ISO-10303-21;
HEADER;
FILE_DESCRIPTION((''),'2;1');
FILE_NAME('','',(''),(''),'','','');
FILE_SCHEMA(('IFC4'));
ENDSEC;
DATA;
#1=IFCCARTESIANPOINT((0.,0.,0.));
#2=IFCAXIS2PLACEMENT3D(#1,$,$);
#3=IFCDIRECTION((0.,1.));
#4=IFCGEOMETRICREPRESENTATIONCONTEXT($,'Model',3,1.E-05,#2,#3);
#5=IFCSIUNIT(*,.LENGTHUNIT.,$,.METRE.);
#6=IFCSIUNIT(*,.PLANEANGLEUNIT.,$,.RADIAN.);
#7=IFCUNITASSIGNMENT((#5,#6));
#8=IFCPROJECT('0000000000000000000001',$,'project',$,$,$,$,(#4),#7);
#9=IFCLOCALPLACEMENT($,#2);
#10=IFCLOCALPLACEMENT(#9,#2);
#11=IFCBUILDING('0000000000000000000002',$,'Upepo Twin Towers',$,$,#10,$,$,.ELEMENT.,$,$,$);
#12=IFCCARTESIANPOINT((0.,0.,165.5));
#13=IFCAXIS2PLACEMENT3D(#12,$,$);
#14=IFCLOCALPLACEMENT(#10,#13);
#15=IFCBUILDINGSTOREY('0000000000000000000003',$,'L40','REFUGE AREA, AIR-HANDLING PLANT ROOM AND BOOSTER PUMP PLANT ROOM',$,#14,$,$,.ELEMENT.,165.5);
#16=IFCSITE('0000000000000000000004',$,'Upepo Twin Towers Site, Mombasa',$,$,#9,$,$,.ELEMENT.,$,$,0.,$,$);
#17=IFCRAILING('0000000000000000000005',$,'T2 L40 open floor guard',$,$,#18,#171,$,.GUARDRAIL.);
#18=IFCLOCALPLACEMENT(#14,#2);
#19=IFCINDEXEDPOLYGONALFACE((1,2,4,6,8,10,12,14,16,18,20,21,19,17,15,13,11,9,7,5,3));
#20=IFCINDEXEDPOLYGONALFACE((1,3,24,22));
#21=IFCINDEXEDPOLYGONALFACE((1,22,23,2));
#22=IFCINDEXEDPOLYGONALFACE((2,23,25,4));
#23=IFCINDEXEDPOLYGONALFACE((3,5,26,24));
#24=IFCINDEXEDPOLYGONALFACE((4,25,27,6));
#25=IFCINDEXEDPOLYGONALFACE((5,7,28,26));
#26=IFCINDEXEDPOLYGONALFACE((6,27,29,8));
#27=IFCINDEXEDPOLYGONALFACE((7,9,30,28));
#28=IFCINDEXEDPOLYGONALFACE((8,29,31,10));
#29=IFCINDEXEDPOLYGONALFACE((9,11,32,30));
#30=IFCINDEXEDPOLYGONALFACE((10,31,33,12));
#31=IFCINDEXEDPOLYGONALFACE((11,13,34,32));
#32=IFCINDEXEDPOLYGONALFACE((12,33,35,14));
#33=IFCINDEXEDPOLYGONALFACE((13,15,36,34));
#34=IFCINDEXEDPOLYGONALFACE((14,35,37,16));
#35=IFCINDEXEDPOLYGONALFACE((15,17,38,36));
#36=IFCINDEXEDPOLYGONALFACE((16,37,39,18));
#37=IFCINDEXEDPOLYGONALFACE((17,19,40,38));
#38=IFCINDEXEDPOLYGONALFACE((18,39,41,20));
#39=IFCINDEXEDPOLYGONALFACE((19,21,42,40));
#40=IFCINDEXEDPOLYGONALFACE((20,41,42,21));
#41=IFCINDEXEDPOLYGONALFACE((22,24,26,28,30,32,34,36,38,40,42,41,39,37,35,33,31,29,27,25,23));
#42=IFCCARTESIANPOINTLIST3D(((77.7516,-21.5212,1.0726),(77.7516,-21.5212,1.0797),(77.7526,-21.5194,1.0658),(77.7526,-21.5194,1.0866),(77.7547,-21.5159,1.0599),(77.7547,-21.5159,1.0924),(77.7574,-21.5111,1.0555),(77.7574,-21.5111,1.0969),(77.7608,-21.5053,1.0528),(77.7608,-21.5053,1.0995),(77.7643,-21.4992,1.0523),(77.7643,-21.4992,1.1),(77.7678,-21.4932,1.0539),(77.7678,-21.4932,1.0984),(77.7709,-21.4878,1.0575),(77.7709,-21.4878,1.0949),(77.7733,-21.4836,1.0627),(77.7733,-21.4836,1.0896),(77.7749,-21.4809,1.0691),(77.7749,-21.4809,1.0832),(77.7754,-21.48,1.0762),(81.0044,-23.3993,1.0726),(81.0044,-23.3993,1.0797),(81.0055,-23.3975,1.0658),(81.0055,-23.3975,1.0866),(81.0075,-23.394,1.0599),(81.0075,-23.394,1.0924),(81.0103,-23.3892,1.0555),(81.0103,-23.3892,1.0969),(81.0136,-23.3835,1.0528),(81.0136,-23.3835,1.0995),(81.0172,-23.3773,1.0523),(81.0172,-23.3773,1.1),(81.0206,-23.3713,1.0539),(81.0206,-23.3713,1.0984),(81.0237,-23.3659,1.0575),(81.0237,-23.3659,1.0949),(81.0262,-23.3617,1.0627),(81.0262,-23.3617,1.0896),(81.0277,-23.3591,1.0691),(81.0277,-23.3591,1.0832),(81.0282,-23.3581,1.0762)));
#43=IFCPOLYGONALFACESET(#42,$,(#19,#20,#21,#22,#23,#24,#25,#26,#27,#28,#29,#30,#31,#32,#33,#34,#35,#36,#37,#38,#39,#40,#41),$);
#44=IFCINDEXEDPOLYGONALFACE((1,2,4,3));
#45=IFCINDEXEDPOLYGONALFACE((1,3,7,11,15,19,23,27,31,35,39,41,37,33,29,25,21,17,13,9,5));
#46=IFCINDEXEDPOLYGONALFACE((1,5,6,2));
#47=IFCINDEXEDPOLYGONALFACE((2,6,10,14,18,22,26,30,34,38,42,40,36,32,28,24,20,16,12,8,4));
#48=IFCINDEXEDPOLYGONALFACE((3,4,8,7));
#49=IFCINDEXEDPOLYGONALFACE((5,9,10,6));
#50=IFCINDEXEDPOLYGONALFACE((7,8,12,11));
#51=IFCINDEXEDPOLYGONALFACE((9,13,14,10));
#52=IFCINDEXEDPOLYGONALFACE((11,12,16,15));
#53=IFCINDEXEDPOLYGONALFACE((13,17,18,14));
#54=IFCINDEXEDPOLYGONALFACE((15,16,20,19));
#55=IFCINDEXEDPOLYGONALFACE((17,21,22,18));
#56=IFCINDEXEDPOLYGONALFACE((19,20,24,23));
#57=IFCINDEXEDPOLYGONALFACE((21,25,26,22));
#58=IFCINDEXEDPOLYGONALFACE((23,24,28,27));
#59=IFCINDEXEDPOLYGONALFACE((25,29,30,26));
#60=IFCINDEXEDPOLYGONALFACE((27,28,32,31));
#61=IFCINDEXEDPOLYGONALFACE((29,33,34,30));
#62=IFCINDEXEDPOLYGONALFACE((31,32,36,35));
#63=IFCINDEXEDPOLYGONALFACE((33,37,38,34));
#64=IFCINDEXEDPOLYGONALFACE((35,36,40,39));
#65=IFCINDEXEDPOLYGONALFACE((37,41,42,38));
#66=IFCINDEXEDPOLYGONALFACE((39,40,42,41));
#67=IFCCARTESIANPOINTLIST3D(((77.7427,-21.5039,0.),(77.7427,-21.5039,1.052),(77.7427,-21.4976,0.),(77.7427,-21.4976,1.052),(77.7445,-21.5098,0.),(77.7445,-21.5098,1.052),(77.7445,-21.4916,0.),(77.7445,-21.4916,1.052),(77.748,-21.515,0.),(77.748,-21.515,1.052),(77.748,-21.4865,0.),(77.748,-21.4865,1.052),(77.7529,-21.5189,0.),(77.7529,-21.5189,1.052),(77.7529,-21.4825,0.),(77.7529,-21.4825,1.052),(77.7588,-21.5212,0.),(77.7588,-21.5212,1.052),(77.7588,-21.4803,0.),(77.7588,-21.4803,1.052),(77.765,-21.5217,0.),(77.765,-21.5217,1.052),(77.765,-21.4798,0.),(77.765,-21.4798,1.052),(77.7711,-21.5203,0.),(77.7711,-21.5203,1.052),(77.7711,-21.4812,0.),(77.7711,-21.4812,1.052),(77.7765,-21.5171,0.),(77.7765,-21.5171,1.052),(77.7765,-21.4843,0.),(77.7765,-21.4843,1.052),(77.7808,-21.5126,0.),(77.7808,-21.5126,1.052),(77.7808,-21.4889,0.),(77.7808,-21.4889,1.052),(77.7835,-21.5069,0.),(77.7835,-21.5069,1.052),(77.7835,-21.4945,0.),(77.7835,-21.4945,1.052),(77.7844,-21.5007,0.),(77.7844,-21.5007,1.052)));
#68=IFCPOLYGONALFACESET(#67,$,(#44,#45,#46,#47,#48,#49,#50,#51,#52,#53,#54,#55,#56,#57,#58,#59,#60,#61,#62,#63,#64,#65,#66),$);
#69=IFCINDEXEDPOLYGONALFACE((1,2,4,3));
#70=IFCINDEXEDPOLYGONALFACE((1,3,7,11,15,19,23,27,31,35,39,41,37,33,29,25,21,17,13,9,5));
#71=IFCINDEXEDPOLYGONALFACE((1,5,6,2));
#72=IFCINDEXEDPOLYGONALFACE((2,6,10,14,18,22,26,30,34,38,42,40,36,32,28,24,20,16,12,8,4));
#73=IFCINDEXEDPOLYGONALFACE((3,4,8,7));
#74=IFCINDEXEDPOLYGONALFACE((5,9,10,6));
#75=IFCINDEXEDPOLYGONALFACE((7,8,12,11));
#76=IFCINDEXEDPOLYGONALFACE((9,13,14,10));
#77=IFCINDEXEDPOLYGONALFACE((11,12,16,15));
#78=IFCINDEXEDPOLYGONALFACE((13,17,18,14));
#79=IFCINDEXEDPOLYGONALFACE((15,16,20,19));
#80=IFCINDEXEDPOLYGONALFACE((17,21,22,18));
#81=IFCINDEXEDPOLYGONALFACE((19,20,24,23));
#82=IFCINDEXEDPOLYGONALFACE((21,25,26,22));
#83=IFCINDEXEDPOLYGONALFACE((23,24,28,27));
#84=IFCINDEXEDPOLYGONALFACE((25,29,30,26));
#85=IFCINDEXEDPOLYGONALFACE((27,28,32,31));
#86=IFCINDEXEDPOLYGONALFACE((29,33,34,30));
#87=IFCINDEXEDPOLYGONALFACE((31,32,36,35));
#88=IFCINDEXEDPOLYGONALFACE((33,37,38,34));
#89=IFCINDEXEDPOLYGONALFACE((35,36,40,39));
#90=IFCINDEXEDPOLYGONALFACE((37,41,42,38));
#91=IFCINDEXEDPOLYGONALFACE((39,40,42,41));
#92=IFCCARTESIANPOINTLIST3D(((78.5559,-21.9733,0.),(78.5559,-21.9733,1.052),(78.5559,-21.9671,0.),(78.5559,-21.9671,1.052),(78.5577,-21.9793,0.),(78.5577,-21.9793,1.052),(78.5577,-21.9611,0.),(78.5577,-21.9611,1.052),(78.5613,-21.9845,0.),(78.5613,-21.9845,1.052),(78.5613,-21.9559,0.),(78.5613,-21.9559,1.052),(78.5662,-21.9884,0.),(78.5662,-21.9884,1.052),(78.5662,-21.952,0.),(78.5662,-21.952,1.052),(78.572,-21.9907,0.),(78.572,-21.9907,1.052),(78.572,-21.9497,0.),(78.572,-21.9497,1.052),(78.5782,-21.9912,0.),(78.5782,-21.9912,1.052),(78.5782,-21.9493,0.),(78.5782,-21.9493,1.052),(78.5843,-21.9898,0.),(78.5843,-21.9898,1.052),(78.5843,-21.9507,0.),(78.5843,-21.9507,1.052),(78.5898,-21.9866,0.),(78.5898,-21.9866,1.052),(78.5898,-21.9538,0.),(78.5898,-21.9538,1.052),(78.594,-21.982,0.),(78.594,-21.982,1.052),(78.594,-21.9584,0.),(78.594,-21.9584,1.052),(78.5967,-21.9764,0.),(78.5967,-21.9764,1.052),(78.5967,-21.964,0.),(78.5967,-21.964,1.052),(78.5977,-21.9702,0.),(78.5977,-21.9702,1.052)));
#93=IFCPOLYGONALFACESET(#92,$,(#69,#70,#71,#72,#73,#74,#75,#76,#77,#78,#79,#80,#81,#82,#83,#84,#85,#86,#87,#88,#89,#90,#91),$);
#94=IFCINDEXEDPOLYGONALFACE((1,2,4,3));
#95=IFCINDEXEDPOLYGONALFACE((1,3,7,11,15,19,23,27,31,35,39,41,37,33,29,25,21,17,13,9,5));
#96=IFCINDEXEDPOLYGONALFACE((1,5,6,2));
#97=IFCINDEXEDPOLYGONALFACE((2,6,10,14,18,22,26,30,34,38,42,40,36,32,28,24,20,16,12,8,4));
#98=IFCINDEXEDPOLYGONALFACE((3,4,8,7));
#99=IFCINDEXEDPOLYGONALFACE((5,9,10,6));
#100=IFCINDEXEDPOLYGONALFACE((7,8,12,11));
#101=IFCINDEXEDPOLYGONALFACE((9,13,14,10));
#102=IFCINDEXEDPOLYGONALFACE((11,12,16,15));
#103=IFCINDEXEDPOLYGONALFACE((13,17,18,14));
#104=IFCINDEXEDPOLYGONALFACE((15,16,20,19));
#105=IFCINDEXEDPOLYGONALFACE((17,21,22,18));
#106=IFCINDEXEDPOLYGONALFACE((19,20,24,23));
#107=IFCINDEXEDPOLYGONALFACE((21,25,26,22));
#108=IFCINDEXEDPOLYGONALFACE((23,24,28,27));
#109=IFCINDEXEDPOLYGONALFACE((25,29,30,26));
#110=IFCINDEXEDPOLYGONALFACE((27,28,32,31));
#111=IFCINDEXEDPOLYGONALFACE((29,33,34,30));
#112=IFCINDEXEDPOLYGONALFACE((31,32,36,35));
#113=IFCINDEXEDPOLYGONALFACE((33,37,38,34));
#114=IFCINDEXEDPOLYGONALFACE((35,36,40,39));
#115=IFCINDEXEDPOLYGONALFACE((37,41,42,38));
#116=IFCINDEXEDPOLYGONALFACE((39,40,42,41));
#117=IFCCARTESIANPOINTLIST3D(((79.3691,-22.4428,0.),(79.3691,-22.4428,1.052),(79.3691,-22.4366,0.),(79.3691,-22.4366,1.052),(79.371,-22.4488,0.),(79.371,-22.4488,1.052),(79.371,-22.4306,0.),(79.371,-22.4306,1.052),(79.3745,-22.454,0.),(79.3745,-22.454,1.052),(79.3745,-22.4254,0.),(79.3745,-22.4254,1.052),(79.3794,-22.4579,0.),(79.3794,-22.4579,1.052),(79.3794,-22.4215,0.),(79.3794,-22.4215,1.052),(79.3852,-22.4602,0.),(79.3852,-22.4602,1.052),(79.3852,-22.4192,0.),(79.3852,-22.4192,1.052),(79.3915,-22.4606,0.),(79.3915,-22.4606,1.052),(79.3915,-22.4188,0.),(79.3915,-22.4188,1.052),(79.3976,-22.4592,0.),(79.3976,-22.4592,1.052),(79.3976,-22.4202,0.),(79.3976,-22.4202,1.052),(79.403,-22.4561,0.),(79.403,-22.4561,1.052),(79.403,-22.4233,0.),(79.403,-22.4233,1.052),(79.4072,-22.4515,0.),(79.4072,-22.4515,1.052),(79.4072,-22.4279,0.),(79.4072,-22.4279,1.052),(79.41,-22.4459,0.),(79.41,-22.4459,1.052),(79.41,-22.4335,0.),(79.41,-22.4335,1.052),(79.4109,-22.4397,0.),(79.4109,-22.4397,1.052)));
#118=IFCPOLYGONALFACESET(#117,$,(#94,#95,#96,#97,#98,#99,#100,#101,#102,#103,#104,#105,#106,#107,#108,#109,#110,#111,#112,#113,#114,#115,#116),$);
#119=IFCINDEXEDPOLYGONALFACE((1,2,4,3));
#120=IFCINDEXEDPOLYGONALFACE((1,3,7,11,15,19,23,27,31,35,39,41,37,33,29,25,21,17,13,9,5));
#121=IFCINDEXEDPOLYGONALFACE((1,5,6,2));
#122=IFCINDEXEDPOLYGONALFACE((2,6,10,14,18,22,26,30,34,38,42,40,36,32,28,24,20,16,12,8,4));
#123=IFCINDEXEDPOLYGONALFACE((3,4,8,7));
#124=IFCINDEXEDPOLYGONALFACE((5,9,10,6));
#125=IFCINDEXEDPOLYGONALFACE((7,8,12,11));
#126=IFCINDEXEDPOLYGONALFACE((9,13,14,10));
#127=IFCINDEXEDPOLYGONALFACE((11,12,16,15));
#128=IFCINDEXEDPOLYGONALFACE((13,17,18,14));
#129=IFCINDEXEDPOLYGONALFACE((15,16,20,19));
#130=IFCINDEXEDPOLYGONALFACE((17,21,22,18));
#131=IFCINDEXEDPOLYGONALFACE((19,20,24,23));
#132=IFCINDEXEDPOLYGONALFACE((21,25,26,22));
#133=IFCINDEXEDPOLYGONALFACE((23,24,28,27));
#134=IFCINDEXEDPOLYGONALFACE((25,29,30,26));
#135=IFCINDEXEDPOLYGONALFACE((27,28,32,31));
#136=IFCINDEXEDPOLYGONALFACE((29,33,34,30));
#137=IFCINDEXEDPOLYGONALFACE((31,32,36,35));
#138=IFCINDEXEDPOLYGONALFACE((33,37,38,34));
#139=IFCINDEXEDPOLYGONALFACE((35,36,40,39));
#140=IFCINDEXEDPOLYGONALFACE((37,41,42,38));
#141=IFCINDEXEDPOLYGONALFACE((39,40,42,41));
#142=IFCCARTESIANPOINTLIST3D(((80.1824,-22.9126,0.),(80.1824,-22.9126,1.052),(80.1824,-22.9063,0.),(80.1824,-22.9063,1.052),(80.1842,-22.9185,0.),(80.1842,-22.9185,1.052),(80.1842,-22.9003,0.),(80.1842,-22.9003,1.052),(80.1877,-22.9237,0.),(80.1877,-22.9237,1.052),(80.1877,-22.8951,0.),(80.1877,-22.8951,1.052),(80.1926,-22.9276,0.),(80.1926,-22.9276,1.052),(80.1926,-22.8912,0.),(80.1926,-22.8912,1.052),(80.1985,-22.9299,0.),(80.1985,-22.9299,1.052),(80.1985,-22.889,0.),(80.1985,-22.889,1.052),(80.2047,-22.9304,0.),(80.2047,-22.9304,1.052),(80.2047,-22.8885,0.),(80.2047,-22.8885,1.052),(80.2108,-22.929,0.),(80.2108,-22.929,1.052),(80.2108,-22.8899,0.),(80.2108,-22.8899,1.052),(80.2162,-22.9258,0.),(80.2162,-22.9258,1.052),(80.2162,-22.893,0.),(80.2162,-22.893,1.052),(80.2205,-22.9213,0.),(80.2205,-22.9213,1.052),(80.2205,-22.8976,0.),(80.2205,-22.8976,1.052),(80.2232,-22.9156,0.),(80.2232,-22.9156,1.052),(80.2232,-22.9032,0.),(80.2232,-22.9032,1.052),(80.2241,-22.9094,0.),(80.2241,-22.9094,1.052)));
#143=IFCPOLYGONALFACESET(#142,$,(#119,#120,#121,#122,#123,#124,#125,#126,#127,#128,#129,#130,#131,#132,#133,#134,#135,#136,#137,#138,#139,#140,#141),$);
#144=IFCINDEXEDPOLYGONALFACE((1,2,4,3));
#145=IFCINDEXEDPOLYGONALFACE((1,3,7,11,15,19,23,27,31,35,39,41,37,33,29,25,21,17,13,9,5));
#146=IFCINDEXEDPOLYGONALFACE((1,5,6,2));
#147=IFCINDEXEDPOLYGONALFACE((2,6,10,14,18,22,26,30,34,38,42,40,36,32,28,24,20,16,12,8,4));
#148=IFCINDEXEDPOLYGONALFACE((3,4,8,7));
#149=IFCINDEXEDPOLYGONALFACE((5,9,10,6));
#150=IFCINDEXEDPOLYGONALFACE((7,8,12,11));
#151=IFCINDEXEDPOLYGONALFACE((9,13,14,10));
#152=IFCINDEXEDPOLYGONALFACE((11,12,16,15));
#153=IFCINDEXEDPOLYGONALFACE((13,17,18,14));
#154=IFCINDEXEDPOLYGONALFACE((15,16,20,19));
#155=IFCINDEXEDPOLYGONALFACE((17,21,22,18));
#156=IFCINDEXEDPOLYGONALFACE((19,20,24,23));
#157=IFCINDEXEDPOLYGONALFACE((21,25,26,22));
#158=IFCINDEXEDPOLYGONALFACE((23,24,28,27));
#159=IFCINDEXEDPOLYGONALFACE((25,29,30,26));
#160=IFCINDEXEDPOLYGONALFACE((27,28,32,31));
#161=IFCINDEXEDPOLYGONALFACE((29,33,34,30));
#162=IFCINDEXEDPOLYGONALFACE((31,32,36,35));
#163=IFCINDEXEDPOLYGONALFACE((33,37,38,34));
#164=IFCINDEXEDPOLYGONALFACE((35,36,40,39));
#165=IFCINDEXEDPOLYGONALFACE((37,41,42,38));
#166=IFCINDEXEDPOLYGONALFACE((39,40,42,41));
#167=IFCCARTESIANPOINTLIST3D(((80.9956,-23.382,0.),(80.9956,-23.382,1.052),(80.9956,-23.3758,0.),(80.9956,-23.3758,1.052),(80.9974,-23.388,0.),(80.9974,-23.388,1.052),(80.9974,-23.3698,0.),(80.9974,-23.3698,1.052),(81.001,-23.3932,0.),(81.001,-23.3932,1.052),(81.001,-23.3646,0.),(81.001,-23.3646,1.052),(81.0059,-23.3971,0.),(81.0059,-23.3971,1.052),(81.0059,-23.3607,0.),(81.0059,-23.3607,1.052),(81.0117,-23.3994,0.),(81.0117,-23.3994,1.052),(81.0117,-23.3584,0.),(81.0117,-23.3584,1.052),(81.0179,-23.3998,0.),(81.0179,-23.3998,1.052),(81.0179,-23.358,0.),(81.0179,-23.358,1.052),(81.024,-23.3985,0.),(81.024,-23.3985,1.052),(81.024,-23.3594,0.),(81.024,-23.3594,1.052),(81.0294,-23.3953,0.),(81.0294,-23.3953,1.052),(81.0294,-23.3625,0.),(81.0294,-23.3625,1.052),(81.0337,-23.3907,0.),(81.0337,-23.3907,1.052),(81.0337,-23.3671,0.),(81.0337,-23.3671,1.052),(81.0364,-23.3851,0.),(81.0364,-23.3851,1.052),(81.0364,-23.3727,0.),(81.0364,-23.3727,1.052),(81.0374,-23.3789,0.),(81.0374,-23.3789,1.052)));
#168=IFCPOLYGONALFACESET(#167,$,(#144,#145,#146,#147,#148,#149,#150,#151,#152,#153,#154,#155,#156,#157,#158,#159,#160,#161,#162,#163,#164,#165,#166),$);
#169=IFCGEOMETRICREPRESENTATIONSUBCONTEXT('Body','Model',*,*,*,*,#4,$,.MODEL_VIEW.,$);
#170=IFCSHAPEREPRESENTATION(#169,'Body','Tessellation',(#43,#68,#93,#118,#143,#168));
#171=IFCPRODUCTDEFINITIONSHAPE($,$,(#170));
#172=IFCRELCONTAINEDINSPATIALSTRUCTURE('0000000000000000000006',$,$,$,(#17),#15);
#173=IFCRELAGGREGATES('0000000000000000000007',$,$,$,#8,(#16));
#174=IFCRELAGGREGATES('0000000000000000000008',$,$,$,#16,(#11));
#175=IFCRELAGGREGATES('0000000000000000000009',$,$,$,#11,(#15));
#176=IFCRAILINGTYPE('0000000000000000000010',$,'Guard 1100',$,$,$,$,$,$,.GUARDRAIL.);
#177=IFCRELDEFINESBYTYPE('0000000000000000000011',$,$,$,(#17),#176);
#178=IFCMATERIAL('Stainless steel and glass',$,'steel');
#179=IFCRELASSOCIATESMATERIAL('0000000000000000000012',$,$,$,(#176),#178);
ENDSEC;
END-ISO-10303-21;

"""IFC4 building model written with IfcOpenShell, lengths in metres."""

from ifc_helpers import new_model, si_unit, direction, frame, origin, origin_2d, place, context, subcontext, project, spatial, circle, extrude, material, type_object, element, save


model = new_model("IFC4")

# Units and contexts
model_context = context("Model", 3, precision=1e-05, world=origin(), true_north=direction((0.0, 1.0)))
body_context = subcontext(model_context, "Body", "Model", "MODEL_VIEW")
ifc_project = project(units=[si_unit("LENGTHUNIT", "METRE"), si_unit("PLANEANGLEUNIT", "RADIAN")], contexts=[model_context])

# Site, building, storey
site_placement = place(None, origin())
site = spatial("IfcSite", under=ifc_project, at=site_placement, Name="Upepo Twin Towers Site, Mombasa", CompositionType="ELEMENT", RefElevation=0.0)
building_placement = place(site_placement, origin())
building = spatial("IfcBuilding", under=site, at=building_placement, Name="Upepo Twin Towers", CompositionType="ELEMENT")
storey_placement = place(building_placement, frame((0.0, 0.0, 165.5)))
storey = spatial("IfcBuildingStorey", under=building, at=storey_placement, Name="L40", Description="REFUGE AREA, AIR-HANDLING PLANT ROOM AND BOOSTER PUMP PLANT ROOM", CompositionType="ELEMENT", Elevation=165.5)

# Railing
ifc_material_1 = material(Name="Stainless steel and glass", Category="steel")
railing_type_1 = type_object("IfcRailingType", Name="Guard 1100", PredefinedType="GUARDRAIL", material=ifc_material_1)
for number, where, name in (
    (1, (77.7634, -21.5007, 0.0), "T2 L40 open floor guard"),
):
    element("IfcRailing", number, at=place(storey_placement, frame(where)), inside=storey, type_object=railing_type_1, Name=name, PredefinedType="GUARDRAIL", context=body_context, shape_type="SweptSolid", body=[
        extrude(circle(Radius=0.0239, at=origin_2d()), frame((0.0, 0.0, 1.0762), z_axis=(0.866015, -0.500019, 0.0), x_axis=(0.500019, 0.866015, 0.0)), (0.0, 0.0, 1.0), 3.7561),
        extrude(circle(Radius=0.021, at=origin_2d()), origin(), (0.0, 0.0, 1.0), 1.052),
        extrude(circle(Radius=0.021, at=origin_2d()), frame((0.8132, -0.4695, 0.0)), (0.0, 0.0, 1.0), 1.052),
        extrude(circle(Radius=0.021, at=origin_2d()), frame((1.6265, -0.939, 0.0)), (0.0, 0.0, 1.0), 1.052),
        extrude(circle(Radius=0.021, at=origin_2d()), frame((2.4397, -1.4087, 0.0)), (0.0, 0.0, 1.0), 1.052),
        extrude(circle(Radius=0.021, at=origin_2d()), frame((3.2529, -1.8782, 0.0)), (0.0, 0.0, 1.0), 1.052),
    ])

save(model, "model.ifc")
